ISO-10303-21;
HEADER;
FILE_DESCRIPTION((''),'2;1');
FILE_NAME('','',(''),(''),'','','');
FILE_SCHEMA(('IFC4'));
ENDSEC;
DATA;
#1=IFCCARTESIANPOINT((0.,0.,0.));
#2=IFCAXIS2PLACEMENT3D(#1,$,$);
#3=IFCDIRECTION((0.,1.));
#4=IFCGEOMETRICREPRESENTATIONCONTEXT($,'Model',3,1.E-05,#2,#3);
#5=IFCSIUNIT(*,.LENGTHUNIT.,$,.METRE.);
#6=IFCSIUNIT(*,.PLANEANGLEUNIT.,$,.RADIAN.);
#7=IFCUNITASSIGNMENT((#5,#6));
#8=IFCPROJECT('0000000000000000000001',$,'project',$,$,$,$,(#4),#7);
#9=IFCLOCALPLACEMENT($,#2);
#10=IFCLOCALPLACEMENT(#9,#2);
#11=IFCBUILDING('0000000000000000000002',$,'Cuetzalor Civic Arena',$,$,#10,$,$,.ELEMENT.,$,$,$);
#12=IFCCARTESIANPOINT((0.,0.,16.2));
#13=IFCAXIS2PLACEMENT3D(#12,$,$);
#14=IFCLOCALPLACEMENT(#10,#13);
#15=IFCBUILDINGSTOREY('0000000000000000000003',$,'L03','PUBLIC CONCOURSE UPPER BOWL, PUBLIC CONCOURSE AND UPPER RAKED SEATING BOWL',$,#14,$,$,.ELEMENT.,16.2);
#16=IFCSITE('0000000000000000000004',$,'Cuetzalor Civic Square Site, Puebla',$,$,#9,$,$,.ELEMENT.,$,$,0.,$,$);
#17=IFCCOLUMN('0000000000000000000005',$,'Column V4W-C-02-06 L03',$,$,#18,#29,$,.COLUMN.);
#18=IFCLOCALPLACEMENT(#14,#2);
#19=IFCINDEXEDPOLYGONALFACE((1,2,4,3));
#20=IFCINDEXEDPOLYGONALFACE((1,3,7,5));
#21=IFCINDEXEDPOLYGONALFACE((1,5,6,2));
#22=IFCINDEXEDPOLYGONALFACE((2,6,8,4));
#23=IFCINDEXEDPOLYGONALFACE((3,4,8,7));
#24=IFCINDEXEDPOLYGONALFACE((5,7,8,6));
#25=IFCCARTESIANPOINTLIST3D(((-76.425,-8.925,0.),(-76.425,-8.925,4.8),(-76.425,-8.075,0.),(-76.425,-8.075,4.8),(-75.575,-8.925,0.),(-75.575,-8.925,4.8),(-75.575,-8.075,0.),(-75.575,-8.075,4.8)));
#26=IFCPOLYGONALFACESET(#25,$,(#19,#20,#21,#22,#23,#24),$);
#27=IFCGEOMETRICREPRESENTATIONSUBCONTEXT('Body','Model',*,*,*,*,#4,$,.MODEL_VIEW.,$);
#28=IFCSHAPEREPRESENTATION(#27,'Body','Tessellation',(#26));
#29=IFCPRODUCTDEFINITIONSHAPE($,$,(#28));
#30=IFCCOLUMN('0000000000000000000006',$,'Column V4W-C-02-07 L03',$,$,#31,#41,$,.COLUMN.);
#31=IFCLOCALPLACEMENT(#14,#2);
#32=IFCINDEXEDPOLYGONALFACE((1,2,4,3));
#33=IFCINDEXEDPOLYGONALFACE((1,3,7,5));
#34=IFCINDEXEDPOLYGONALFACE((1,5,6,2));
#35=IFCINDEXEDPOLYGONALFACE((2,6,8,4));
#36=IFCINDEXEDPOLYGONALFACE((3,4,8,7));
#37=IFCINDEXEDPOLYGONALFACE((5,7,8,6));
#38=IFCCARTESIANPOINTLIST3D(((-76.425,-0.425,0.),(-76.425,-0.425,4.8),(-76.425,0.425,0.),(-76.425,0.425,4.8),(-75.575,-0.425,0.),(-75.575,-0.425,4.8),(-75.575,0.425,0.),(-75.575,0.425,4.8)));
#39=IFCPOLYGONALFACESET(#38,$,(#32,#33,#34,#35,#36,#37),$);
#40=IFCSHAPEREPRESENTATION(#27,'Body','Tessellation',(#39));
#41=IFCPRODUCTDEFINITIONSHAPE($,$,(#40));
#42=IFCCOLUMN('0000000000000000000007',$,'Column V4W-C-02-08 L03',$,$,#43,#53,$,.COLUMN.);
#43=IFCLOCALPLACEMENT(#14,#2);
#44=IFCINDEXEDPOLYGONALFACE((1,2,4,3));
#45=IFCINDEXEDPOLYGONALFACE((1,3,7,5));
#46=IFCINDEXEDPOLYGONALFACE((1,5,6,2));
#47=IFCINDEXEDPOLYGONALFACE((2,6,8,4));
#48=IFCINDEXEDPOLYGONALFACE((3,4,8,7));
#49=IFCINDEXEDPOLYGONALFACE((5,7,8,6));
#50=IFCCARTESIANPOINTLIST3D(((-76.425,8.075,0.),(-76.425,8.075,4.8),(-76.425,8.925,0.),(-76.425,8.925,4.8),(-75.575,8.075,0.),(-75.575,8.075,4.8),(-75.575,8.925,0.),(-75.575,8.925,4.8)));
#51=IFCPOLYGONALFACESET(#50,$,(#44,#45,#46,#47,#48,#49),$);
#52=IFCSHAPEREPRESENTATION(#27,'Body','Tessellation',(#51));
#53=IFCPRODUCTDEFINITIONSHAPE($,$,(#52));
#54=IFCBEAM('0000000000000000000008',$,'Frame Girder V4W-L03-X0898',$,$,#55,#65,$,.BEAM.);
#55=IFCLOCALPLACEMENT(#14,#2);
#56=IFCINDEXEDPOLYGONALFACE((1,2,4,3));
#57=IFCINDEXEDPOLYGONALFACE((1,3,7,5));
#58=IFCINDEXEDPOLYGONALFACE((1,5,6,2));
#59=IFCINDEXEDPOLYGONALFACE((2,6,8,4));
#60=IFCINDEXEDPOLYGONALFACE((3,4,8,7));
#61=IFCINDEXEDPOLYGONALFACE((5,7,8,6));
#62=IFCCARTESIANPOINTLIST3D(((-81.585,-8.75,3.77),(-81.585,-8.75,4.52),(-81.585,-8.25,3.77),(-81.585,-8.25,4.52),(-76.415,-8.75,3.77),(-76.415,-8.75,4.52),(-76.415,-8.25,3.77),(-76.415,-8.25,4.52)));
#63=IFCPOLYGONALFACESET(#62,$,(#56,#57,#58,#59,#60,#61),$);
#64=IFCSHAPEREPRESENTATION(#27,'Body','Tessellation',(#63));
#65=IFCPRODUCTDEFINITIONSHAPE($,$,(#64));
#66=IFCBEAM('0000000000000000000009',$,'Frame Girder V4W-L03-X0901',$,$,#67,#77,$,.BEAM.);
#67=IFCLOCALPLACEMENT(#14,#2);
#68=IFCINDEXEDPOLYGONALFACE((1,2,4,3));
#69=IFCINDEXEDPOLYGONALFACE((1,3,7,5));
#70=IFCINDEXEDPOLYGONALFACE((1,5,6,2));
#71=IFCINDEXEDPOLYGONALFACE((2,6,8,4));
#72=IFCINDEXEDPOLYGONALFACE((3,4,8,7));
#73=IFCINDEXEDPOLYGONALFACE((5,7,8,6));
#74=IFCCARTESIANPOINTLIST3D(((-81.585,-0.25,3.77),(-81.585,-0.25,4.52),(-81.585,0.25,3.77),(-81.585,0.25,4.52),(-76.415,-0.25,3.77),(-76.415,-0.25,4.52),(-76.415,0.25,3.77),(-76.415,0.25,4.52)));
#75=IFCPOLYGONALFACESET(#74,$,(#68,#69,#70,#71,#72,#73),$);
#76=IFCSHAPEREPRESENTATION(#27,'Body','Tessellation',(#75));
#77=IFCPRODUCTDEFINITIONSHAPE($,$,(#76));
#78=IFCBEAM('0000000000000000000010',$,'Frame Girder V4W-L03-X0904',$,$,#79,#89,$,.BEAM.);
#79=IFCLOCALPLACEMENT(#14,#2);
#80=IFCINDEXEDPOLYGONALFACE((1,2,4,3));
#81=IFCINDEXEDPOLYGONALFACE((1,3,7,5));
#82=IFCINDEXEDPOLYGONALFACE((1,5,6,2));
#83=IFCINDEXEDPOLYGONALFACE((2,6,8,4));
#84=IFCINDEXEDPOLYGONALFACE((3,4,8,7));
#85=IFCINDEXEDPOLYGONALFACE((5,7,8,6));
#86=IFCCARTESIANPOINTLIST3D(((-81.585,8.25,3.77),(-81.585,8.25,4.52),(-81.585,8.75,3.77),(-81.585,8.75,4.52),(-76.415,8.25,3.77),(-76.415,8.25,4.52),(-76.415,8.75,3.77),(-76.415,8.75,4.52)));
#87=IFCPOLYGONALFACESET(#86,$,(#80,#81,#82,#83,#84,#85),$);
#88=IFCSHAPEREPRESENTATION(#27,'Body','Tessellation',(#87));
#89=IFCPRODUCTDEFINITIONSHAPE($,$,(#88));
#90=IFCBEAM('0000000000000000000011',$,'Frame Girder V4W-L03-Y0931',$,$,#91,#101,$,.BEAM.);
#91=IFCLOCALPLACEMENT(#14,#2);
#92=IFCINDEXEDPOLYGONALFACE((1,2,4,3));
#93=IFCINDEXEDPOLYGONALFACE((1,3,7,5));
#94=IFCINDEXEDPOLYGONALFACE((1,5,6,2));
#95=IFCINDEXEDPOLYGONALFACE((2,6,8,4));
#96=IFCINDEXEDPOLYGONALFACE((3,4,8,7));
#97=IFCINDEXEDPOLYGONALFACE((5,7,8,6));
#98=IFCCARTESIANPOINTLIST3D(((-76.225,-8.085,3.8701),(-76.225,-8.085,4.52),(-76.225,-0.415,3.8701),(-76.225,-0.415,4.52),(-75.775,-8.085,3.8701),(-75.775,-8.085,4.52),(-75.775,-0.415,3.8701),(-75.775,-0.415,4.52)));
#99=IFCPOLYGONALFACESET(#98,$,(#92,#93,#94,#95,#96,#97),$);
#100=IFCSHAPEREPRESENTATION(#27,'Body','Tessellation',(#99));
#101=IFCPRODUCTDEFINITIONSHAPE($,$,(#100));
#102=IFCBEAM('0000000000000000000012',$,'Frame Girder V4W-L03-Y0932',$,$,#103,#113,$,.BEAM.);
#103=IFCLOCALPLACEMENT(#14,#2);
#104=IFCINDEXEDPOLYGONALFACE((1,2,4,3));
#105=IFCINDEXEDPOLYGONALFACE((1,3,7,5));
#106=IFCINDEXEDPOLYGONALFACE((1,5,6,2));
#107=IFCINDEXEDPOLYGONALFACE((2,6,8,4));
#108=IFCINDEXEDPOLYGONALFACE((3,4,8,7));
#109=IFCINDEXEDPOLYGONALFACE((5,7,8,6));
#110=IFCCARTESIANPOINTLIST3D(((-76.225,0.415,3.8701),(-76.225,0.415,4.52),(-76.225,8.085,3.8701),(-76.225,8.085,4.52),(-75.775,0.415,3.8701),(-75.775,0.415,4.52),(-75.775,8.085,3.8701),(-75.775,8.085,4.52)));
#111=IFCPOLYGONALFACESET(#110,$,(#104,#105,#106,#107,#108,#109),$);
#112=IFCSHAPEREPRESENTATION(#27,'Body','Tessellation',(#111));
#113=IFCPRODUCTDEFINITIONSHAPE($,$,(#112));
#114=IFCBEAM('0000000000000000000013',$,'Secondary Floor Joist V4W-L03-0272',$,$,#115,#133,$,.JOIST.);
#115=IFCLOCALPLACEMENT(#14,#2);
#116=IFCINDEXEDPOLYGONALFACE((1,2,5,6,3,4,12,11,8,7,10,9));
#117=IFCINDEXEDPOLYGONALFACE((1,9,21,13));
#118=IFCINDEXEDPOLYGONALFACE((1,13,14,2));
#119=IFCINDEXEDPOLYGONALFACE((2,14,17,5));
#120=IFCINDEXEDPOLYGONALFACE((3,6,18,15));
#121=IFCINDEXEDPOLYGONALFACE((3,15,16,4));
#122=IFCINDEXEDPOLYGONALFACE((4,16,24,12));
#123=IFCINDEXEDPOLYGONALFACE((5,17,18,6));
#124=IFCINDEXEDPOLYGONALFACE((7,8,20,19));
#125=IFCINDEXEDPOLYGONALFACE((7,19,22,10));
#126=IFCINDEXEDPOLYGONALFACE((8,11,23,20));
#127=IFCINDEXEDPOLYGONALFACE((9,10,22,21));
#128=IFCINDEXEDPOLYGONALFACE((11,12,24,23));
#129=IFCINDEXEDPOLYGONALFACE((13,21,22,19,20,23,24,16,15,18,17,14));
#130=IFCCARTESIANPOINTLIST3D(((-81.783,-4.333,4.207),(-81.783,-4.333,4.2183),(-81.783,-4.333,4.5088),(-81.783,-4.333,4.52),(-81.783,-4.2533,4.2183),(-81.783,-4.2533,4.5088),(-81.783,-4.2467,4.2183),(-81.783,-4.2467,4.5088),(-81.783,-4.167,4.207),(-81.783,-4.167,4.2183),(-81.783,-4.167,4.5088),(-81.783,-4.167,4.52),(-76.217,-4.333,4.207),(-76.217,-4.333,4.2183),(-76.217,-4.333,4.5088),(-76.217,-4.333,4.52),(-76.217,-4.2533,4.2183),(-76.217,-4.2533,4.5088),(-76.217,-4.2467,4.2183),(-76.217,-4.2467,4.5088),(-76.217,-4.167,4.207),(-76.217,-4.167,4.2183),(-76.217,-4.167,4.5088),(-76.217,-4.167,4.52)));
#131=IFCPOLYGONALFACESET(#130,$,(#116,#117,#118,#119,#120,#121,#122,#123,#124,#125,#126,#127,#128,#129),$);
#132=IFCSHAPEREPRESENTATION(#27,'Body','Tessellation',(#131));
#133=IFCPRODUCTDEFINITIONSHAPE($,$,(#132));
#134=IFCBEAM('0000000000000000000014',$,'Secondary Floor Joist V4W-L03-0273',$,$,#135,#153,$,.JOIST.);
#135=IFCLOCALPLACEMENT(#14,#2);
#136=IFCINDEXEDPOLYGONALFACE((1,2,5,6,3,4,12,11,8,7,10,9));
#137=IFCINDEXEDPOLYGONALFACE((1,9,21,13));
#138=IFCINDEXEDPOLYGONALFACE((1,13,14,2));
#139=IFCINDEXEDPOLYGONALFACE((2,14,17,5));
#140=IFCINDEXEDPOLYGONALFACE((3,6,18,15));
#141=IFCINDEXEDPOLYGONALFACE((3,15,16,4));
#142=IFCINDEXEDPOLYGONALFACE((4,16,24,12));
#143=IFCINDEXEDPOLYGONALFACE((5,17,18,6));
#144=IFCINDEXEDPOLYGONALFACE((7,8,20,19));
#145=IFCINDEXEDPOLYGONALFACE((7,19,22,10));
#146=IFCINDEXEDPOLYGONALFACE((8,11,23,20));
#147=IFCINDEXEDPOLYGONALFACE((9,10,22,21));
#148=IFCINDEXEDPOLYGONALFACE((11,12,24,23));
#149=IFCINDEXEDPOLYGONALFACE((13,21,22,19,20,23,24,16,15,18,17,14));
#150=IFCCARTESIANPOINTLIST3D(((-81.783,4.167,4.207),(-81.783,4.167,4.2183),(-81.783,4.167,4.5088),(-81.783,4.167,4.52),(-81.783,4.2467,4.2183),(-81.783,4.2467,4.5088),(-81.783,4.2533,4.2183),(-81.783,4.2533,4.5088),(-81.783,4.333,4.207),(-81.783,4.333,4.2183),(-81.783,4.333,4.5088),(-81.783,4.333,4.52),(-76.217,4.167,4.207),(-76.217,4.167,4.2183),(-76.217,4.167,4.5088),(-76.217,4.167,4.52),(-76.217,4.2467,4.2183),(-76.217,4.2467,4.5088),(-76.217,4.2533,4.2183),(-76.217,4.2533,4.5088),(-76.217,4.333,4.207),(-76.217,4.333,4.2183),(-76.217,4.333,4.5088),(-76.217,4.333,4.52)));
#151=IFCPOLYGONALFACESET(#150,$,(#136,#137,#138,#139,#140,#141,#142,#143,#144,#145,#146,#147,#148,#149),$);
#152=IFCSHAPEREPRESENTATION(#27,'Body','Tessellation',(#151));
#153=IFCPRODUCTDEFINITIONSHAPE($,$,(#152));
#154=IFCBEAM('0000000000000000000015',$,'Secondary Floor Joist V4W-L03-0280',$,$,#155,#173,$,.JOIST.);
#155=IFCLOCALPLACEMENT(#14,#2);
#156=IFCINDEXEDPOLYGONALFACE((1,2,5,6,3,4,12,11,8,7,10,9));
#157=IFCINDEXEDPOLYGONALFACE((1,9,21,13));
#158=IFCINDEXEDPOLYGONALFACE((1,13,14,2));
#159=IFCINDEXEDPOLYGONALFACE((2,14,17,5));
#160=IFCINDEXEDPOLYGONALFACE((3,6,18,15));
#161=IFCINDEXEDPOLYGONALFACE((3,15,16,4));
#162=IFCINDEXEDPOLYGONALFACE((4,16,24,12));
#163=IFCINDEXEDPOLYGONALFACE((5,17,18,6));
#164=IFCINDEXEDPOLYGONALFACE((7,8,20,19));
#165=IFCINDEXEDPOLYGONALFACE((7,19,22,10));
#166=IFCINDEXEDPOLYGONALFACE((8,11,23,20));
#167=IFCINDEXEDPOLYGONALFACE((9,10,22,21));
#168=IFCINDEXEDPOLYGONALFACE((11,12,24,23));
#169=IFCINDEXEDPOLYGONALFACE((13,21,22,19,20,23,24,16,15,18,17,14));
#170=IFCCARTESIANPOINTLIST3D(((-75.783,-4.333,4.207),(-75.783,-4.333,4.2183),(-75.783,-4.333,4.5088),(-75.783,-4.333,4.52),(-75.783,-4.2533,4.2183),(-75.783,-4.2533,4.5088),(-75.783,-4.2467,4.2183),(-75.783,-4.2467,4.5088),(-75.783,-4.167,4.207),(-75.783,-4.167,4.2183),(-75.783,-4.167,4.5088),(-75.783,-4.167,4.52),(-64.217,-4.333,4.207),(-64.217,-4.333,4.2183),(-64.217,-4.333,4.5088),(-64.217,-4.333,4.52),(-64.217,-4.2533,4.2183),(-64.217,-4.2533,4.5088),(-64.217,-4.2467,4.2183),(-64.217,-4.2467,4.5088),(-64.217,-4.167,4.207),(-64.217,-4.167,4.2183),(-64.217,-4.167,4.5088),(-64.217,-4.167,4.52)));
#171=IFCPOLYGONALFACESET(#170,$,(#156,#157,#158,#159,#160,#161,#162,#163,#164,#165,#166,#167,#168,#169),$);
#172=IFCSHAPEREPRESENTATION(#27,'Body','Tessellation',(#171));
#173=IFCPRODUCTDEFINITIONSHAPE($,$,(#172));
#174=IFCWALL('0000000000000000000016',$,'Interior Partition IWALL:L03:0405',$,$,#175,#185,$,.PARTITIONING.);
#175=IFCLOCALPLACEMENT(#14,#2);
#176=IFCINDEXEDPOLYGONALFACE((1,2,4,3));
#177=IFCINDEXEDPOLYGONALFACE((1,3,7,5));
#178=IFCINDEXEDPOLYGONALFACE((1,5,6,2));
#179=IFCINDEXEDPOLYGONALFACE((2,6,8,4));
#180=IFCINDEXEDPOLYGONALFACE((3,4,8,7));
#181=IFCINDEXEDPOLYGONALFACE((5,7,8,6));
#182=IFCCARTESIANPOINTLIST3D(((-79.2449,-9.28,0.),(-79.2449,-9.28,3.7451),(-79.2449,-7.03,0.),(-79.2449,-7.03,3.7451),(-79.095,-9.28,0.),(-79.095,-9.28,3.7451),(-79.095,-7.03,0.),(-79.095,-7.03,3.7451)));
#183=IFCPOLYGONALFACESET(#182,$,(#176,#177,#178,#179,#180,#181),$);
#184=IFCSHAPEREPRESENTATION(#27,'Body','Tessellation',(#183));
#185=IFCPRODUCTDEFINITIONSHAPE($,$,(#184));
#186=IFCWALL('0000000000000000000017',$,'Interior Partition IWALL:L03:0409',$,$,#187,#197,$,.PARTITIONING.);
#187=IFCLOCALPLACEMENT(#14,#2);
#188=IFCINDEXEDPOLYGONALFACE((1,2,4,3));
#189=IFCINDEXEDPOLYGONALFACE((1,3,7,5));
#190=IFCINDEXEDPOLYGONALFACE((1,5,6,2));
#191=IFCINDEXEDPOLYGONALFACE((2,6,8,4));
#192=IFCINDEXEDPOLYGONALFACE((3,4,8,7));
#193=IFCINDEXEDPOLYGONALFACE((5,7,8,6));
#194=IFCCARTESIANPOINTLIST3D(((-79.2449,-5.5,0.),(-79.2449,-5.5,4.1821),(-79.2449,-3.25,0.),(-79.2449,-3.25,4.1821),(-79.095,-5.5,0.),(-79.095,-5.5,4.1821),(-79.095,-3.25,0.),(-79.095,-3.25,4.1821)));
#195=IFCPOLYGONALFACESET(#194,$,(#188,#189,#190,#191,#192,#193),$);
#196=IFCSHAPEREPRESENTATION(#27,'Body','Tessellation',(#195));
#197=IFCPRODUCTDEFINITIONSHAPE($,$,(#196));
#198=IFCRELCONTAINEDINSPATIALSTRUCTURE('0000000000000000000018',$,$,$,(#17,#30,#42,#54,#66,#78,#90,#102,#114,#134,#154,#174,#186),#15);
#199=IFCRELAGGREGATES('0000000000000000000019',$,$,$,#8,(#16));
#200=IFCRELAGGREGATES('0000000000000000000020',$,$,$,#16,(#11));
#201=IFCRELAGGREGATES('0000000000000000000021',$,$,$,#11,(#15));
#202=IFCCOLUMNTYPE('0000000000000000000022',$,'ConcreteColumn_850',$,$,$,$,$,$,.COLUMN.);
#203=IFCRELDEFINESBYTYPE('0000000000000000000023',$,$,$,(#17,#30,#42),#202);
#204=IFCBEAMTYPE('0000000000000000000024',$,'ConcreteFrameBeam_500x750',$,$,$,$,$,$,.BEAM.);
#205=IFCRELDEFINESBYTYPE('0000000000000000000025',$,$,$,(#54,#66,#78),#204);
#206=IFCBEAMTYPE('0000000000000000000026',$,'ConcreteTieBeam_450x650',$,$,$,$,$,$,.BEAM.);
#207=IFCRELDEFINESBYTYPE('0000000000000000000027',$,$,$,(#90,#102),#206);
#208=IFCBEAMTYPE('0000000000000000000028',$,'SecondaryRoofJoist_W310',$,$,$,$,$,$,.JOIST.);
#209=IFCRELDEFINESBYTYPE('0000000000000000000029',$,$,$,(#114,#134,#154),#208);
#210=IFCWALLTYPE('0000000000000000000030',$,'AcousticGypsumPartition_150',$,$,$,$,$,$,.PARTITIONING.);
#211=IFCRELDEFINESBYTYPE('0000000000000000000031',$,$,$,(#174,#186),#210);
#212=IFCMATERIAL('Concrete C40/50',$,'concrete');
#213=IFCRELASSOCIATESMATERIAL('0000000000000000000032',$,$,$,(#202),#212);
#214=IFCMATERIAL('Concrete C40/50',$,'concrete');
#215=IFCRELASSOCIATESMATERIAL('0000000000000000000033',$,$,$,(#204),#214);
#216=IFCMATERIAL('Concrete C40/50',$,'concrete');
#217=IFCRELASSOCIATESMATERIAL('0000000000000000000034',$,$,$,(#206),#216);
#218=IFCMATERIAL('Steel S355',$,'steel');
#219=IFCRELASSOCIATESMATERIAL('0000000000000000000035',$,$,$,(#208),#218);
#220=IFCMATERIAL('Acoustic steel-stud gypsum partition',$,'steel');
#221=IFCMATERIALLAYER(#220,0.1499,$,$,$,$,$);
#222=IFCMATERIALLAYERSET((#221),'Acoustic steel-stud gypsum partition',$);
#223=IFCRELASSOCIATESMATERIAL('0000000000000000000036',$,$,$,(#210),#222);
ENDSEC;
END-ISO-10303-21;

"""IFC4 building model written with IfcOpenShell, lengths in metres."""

from ifc_helpers import new_model, si_unit, direction, frame, frame_2d, origin, origin_2d, place, context, subcontext, project, spatial, rectangle, i_section, extrude, material, layer, layer_set, material_profile, profile_set, type_object, element, save


model = new_model("IFC4")

# Units and contexts
model_context = context("Model", 3, precision=1e-05, world=origin(), true_north=direction((0.0, 1.0)))
body_context = subcontext(model_context, "Body", "Model", "MODEL_VIEW")
ifc_project = project(units=[si_unit("LENGTHUNIT", "METRE"), si_unit("PLANEANGLEUNIT", "RADIAN")], contexts=[model_context])

# Site, building, storey
site_placement = place(None, origin())
site = spatial("IfcSite", under=ifc_project, at=site_placement, Name="Cuetzalor Civic Square Site, Puebla", CompositionType="ELEMENT", RefElevation=0.0)
building_placement = place(site_placement, origin())
building = spatial("IfcBuilding", under=site, at=building_placement, Name="Cuetzalor Civic Arena", CompositionType="ELEMENT")
storey_placement = place(building_placement, frame((0.0, 0.0, 16.2)))
storey = spatial("IfcBuildingStorey", under=building, at=storey_placement, Name="L03", Description="PUBLIC CONCOURSE UPPER BOWL, PUBLIC CONCOURSE AND UPPER RAKED SEATING BOWL", CompositionType="ELEMENT", Elevation=16.2)

# Columns
ifc_material_1 = material(Name="Concrete C40/50", Category="concrete")
ifc_material_profile_1 = material_profile(ifc_material_1, rectangle(XDim=0.8501, YDim=0.8501, at=origin_2d()), Name="RC 850x850")
ifc_profile_set_1 = profile_set([ifc_material_profile_1], Name="Concrete C40/50")
column_type = type_object("IfcColumnType", Name="ConcreteColumn_850", PredefinedType="COLUMN", material=ifc_profile_set_1)
for number, where, z_axis, x_axis, name in (
    (1, (-76.0, -8.5, 0.0), (0.0, 0.0, 1.0), (1.0, 0.0, 0.0), "Column V4W-C-02-06 L03"),
    (2, (-76.0, 0.0, 0.0), (0.0, 0.0, 1.0), (1.0, 0.0, 0.0), "Column V4W-C-02-07 L03"),
    (3, (-76.0, 8.5, 0.0), (0.0, 0.0, 1.0), (1.0, 0.0, 0.0), "Column V4W-C-02-08 L03"),
):
    element("IfcColumn", number, at=place(storey_placement, frame(where, z_axis=z_axis, x_axis=x_axis)), inside=storey, type_object=column_type, Name=name, PredefinedType="COLUMN", context=body_context, shape_type="SweptSolid", body=[
        extrude(rectangle(XDim=0.8501, YDim=0.8501, at=origin_2d()), origin(), (0.0, 0.0, 1.0), 4.8),
    ])

# Beams
ifc_material_2 = material(Name="Concrete C40/50", Category="concrete")
ifc_material_profile_2 = material_profile(ifc_material_2, rectangle(XDim=0.5, YDim=0.75, at=origin_2d()), Name="RC 500x750")
ifc_profile_set_2 = profile_set([ifc_material_profile_2], Name="Concrete C40/50")
beam_type_1 = type_object("IfcBeamType", Name="ConcreteFrameBeam_500x750", PredefinedType="BEAM", material=ifc_profile_set_2)
for number, where, z_axis, x_axis, name in (
    (4, (-81.585, -8.5, 4.145), (1.0, 0.0, 0.0), (0.0, 1.0, 0.0), "Frame Girder V4W-L03-X0898"),
    (5, (-81.585, 0.0, 4.145), (1.0, 0.0, 0.0), (0.0, 1.0, 0.0), "Frame Girder V4W-L03-X0901"),
    (6, (-81.585, 8.5, 4.145), (1.0, 0.0, 0.0), (0.0, 1.0, 0.0), "Frame Girder V4W-L03-X0904"),
):
    element("IfcBeam", number, at=place(storey_placement, frame(where, z_axis=z_axis, x_axis=x_axis)), inside=storey, type_object=beam_type_1, Name=name, PredefinedType="BEAM", context=body_context, shape_type="SweptSolid", body=[
        extrude(rectangle(XDim=0.5, YDim=0.75, at=origin_2d()), origin(), (0.0, 0.0, 1.0), 5.1699),
    ])
ifc_material_3 = material(Name="Concrete C40/50", Category="concrete")
ifc_material_profile_3 = material_profile(ifc_material_3, rectangle(XDim=0.45, YDim=0.6499, at=origin_2d()), Name="RC 450x650")
ifc_profile_set_3 = profile_set([ifc_material_profile_3], Name="Concrete C40/50")
beam_type_2 = type_object("IfcBeamType", Name="ConcreteTieBeam_450x650", PredefinedType="BEAM", material=ifc_profile_set_3)
for number, where, z_axis, x_axis, name in (
    (7, (-76.0, -8.085, 4.1951), (0.0, 1.0, 0.0), (-1.0, 0.0, 0.0), "Frame Girder V4W-L03-Y0931"),
    (8, (-76.0, 0.415, 4.1951), (0.0, 1.0, 0.0), (-1.0, 0.0, 0.0), "Frame Girder V4W-L03-Y0932"),
):
    element("IfcBeam", number, at=place(storey_placement, frame(where, z_axis=z_axis, x_axis=x_axis)), inside=storey, type_object=beam_type_2, Name=name, PredefinedType="BEAM", context=body_context, shape_type="SweptSolid", body=[
        extrude(rectangle(XDim=0.45, YDim=0.6499, at=origin_2d()), origin(), (0.0, 0.0, 1.0), 7.6699),
    ])
ifc_material_4 = material(Name="Steel S355", Category="steel")
ifc_material_profile_4 = material_profile(ifc_material_4, i_section(OverallWidth=0.166, OverallDepth=0.313, WebThickness=0.0066, FlangeThickness=0.0112, at=origin_2d()), Name="W310x45")
ifc_profile_set_4 = profile_set([ifc_material_profile_4], Name="Steel S355")
beam_type_3 = type_object("IfcBeamType", Name="SecondaryRoofJoist_W310", PredefinedType="JOIST", material=ifc_profile_set_4)
for number, where, z_axis, x_axis, name in (
    (9, (-81.783, -4.25, 4.3635), (1.0, 0.0, 0.0), (0.0, 1.0, 0.0), "Secondary Floor Joist V4W-L03-0272"),
    (10, (-81.783, 4.25, 4.3635), (1.0, 0.0, 0.0), (0.0, 1.0, 0.0), "Secondary Floor Joist V4W-L03-0273"),
):
    element("IfcBeam", number, at=place(storey_placement, frame(where, z_axis=z_axis, x_axis=x_axis)), inside=storey, type_object=beam_type_3, Name=name, PredefinedType="JOIST", context=body_context, shape_type="SweptSolid", body=[
        extrude(i_section(OverallWidth=0.166, OverallDepth=0.313, WebThickness=0.0066, FlangeThickness=0.0112, at=origin_2d()), origin(), (0.0, 0.0, 1.0), 5.5659),
    ])
beam_placement = place(storey_placement, frame((-75.783, -4.25, 4.3635), z_axis=(1.0, 0.0, 0.0), x_axis=(0.0, 1.0, 0.0)))
element("IfcBeam", 11, at=beam_placement, inside=storey, type_object=beam_type_3, Name="Secondary Floor Joist V4W-L03-0280", PredefinedType="JOIST", context=body_context, shape_type="SweptSolid", body=[
    extrude(i_section(OverallWidth=0.166, OverallDepth=0.313, WebThickness=0.0066, FlangeThickness=0.0112, at=origin_2d()), origin(), (0.0, 0.0, 1.0), 11.5659),
])

# Wall
ifc_material_5 = material(Name="Acoustic steel-stud gypsum partition", Category="steel")
ifc_layer = layer(ifc_material_5, 0.1499)
ifc_layer_set = layer_set([ifc_layer], Name="Acoustic steel-stud gypsum partition")
wall_type = type_object("IfcWallType", Name="AcousticGypsumPartition_150", PredefinedType="PARTITIONING", material=ifc_layer_set)
wall_1_placement = place(storey_placement, frame((-79.1699, -7.03, 0.0), z_axis=(0.0, 0.0, 1.0), x_axis=(0.0, -1.0, 0.0)))
element("IfcWall", 12, at=wall_1_placement, inside=storey, type_object=wall_type, Name="Interior Partition IWALL:L03:0405", PredefinedType="PARTITIONING", context=body_context, shape_type="SweptSolid", body=[
    extrude(rectangle(XDim=2.25, YDim=0.1499, at=frame_2d((1.125, 0.0))), origin(), (0.0, 0.0, 1.0), 3.7451),
])

# Wall
wall_2_placement = place(storey_placement, frame((-79.1699, -3.25, 0.0), z_axis=(0.0, 0.0, 1.0), x_axis=(0.0, -1.0, 0.0)))
element("IfcWall", 13, at=wall_2_placement, inside=storey, type_object=wall_type, Name="Interior Partition IWALL:L03:0409", PredefinedType="PARTITIONING", context=body_context, shape_type="SweptSolid", body=[
    extrude(rectangle(XDim=2.25, YDim=0.1499, at=frame_2d((1.125, 0.0))), origin(), (0.0, 0.0, 1.0), 4.1821),
])

save(model, "model.ifc")
